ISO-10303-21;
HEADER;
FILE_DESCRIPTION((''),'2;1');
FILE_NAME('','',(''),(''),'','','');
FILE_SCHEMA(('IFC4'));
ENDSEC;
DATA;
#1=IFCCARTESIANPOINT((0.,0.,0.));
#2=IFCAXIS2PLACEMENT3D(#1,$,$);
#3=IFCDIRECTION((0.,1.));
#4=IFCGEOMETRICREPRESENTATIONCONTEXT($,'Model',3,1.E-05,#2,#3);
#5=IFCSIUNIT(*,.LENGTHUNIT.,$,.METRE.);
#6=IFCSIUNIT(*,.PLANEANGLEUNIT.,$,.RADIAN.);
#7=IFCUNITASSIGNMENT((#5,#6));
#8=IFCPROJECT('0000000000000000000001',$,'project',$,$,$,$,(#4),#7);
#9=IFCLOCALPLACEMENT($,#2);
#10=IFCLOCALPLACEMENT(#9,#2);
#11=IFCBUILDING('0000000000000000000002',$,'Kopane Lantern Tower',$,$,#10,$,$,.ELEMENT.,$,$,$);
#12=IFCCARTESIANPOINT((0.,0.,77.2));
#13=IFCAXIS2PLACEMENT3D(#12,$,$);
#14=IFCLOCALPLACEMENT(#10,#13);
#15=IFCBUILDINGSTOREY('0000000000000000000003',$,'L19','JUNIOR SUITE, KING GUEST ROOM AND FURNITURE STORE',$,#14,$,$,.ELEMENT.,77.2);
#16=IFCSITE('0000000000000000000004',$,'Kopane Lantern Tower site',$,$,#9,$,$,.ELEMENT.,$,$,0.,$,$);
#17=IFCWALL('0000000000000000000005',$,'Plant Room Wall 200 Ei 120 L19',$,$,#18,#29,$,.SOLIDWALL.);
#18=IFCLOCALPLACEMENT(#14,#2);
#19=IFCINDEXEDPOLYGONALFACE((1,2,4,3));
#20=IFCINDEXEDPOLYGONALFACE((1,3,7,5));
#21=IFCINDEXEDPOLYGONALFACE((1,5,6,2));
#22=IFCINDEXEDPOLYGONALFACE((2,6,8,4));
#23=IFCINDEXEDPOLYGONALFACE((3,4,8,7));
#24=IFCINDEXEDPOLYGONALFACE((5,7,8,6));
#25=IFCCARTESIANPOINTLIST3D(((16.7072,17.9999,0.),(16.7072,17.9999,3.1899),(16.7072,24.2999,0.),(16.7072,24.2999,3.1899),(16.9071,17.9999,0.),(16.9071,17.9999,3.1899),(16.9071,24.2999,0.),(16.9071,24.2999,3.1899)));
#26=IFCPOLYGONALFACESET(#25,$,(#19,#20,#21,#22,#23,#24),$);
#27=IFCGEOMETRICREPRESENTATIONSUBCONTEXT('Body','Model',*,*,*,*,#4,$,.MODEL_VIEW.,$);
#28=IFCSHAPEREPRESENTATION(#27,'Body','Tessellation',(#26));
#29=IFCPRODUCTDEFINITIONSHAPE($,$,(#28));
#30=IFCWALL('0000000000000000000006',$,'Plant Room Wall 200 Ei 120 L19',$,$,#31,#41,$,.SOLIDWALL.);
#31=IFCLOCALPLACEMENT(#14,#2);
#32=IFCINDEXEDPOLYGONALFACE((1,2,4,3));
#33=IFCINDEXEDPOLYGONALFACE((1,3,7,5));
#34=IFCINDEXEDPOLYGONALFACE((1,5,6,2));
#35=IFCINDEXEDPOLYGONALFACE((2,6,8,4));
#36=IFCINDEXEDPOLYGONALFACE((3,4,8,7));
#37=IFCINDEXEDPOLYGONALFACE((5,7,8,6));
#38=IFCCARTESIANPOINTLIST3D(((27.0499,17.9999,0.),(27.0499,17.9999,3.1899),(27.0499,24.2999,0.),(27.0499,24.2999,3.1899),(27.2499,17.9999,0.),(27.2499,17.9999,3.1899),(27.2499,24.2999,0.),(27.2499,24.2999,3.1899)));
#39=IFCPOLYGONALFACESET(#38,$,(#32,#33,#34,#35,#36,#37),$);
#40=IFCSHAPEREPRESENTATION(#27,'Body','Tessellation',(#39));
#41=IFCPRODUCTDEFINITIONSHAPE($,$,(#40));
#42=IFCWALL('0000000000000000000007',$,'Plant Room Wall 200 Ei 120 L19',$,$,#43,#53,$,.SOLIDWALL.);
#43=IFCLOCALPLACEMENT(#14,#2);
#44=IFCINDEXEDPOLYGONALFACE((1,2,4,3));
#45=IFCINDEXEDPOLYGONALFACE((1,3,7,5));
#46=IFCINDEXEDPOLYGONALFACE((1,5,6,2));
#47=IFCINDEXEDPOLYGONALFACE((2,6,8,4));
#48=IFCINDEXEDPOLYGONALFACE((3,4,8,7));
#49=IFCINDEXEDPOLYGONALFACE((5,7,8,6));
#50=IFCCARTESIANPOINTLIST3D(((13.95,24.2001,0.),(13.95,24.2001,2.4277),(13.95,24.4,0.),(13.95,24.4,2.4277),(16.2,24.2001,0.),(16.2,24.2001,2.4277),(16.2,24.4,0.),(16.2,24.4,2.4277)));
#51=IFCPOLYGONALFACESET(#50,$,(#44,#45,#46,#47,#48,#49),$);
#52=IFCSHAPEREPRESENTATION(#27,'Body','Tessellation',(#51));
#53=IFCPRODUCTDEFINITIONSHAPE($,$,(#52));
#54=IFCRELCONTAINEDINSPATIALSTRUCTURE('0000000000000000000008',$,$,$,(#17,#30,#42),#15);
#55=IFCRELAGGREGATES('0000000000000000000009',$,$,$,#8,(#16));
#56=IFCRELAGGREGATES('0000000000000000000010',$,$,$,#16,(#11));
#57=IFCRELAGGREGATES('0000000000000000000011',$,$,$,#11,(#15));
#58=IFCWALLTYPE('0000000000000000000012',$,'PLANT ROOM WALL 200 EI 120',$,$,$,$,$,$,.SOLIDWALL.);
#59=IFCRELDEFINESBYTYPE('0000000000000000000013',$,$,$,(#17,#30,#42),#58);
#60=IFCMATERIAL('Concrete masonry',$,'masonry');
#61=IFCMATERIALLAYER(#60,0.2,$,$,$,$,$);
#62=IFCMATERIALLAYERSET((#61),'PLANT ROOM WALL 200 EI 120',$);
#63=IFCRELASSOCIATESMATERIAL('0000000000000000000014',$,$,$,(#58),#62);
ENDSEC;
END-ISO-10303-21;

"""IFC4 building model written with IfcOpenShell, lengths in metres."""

from ifc_helpers import new_model, si_unit, direction, frame, frame_2d, origin, place, context, subcontext, project, spatial, rectangle, extrude, material, layer, layer_set, type_object, element, save


model = new_model("IFC4")

# Units and contexts
model_context = context("Model", 3, precision=1e-05, world=origin(), true_north=direction((0.0, 1.0)))
body_context = subcontext(model_context, "Body", "Model", "MODEL_VIEW")
ifc_project = project(units=[si_unit("LENGTHUNIT", "METRE"), si_unit("PLANEANGLEUNIT", "RADIAN")], contexts=[model_context])

# Site, building, storey
site_placement = place(None, origin())
site = spatial("IfcSite", under=ifc_project, at=site_placement, Name="Kopane Lantern Tower site", CompositionType="ELEMENT", RefElevation=0.0)
building_placement = place(site_placement, origin())
building = spatial("IfcBuilding", under=site, at=building_placement, Name="Kopane Lantern Tower", CompositionType="ELEMENT")
storey_placement = place(building_placement, frame((0.0, 0.0, 77.2)))
storey = spatial("IfcBuildingStorey", under=building, at=storey_placement, Name="L19", Description="JUNIOR SUITE, KING GUEST ROOM AND FURNITURE STORE", CompositionType="ELEMENT", Elevation=77.2)

# Walls
ifc_material_1 = material(Name="Concrete masonry", Category="masonry")
ifc_layer_1 = layer(ifc_material_1, 0.2)
ifc_layer_set_1 = layer_set([ifc_layer_1], Name="PLANT ROOM WALL 200 EI 120")
wall_type_1 = type_object("IfcWallType", Name="PLANT ROOM WALL 200 EI 120", PredefinedType="SOLIDWALL", material=ifc_layer_set_1)
for number, where, z_axis, x_axis, name in (
    (1, (16.8071, 18.0, 0.0), (0.0, 0.0, 1.0), (0.0, 1.0, 0.0), "Plant Room Wall 200 Ei 120 L19"),
    (2, (27.1499, 18.0, 0.0), (0.0, 0.0, 1.0), (0.0, 1.0, 0.0), "Plant Room Wall 200 Ei 120 L19"),
):
    element("IfcWall", number, at=place(storey_placement, frame(where, z_axis=z_axis, x_axis=x_axis)), inside=storey, type_object=wall_type_1, Name=name, PredefinedType="SOLIDWALL", context=body_context, shape_type="SweptSolid", body=[
        extrude(rectangle(XDim=6.3, YDim=0.2, at=frame_2d((3.1499, 0.0))), origin(), (0.0, 0.0, 1.0), 3.1899),
    ])
wall_1_placement = place(storey_placement, frame((13.95, 24.3, 0.0), z_axis=(0.0, 0.0, 1.0), x_axis=(1.0, 0.0, 0.0)))
element("IfcWall", 3, at=wall_1_placement, inside=storey, type_object=wall_type_1, Name="Plant Room Wall 200 Ei 120 L19", PredefinedType="SOLIDWALL", context=body_context, shape_type="SweptSolid", body=[
    extrude(rectangle(XDim=2.25, YDim=0.2, at=frame_2d((1.125, 0.0))), origin(), (0.0, 0.0, 1.0), 2.4277),
])

save(model, "model.ifc")
